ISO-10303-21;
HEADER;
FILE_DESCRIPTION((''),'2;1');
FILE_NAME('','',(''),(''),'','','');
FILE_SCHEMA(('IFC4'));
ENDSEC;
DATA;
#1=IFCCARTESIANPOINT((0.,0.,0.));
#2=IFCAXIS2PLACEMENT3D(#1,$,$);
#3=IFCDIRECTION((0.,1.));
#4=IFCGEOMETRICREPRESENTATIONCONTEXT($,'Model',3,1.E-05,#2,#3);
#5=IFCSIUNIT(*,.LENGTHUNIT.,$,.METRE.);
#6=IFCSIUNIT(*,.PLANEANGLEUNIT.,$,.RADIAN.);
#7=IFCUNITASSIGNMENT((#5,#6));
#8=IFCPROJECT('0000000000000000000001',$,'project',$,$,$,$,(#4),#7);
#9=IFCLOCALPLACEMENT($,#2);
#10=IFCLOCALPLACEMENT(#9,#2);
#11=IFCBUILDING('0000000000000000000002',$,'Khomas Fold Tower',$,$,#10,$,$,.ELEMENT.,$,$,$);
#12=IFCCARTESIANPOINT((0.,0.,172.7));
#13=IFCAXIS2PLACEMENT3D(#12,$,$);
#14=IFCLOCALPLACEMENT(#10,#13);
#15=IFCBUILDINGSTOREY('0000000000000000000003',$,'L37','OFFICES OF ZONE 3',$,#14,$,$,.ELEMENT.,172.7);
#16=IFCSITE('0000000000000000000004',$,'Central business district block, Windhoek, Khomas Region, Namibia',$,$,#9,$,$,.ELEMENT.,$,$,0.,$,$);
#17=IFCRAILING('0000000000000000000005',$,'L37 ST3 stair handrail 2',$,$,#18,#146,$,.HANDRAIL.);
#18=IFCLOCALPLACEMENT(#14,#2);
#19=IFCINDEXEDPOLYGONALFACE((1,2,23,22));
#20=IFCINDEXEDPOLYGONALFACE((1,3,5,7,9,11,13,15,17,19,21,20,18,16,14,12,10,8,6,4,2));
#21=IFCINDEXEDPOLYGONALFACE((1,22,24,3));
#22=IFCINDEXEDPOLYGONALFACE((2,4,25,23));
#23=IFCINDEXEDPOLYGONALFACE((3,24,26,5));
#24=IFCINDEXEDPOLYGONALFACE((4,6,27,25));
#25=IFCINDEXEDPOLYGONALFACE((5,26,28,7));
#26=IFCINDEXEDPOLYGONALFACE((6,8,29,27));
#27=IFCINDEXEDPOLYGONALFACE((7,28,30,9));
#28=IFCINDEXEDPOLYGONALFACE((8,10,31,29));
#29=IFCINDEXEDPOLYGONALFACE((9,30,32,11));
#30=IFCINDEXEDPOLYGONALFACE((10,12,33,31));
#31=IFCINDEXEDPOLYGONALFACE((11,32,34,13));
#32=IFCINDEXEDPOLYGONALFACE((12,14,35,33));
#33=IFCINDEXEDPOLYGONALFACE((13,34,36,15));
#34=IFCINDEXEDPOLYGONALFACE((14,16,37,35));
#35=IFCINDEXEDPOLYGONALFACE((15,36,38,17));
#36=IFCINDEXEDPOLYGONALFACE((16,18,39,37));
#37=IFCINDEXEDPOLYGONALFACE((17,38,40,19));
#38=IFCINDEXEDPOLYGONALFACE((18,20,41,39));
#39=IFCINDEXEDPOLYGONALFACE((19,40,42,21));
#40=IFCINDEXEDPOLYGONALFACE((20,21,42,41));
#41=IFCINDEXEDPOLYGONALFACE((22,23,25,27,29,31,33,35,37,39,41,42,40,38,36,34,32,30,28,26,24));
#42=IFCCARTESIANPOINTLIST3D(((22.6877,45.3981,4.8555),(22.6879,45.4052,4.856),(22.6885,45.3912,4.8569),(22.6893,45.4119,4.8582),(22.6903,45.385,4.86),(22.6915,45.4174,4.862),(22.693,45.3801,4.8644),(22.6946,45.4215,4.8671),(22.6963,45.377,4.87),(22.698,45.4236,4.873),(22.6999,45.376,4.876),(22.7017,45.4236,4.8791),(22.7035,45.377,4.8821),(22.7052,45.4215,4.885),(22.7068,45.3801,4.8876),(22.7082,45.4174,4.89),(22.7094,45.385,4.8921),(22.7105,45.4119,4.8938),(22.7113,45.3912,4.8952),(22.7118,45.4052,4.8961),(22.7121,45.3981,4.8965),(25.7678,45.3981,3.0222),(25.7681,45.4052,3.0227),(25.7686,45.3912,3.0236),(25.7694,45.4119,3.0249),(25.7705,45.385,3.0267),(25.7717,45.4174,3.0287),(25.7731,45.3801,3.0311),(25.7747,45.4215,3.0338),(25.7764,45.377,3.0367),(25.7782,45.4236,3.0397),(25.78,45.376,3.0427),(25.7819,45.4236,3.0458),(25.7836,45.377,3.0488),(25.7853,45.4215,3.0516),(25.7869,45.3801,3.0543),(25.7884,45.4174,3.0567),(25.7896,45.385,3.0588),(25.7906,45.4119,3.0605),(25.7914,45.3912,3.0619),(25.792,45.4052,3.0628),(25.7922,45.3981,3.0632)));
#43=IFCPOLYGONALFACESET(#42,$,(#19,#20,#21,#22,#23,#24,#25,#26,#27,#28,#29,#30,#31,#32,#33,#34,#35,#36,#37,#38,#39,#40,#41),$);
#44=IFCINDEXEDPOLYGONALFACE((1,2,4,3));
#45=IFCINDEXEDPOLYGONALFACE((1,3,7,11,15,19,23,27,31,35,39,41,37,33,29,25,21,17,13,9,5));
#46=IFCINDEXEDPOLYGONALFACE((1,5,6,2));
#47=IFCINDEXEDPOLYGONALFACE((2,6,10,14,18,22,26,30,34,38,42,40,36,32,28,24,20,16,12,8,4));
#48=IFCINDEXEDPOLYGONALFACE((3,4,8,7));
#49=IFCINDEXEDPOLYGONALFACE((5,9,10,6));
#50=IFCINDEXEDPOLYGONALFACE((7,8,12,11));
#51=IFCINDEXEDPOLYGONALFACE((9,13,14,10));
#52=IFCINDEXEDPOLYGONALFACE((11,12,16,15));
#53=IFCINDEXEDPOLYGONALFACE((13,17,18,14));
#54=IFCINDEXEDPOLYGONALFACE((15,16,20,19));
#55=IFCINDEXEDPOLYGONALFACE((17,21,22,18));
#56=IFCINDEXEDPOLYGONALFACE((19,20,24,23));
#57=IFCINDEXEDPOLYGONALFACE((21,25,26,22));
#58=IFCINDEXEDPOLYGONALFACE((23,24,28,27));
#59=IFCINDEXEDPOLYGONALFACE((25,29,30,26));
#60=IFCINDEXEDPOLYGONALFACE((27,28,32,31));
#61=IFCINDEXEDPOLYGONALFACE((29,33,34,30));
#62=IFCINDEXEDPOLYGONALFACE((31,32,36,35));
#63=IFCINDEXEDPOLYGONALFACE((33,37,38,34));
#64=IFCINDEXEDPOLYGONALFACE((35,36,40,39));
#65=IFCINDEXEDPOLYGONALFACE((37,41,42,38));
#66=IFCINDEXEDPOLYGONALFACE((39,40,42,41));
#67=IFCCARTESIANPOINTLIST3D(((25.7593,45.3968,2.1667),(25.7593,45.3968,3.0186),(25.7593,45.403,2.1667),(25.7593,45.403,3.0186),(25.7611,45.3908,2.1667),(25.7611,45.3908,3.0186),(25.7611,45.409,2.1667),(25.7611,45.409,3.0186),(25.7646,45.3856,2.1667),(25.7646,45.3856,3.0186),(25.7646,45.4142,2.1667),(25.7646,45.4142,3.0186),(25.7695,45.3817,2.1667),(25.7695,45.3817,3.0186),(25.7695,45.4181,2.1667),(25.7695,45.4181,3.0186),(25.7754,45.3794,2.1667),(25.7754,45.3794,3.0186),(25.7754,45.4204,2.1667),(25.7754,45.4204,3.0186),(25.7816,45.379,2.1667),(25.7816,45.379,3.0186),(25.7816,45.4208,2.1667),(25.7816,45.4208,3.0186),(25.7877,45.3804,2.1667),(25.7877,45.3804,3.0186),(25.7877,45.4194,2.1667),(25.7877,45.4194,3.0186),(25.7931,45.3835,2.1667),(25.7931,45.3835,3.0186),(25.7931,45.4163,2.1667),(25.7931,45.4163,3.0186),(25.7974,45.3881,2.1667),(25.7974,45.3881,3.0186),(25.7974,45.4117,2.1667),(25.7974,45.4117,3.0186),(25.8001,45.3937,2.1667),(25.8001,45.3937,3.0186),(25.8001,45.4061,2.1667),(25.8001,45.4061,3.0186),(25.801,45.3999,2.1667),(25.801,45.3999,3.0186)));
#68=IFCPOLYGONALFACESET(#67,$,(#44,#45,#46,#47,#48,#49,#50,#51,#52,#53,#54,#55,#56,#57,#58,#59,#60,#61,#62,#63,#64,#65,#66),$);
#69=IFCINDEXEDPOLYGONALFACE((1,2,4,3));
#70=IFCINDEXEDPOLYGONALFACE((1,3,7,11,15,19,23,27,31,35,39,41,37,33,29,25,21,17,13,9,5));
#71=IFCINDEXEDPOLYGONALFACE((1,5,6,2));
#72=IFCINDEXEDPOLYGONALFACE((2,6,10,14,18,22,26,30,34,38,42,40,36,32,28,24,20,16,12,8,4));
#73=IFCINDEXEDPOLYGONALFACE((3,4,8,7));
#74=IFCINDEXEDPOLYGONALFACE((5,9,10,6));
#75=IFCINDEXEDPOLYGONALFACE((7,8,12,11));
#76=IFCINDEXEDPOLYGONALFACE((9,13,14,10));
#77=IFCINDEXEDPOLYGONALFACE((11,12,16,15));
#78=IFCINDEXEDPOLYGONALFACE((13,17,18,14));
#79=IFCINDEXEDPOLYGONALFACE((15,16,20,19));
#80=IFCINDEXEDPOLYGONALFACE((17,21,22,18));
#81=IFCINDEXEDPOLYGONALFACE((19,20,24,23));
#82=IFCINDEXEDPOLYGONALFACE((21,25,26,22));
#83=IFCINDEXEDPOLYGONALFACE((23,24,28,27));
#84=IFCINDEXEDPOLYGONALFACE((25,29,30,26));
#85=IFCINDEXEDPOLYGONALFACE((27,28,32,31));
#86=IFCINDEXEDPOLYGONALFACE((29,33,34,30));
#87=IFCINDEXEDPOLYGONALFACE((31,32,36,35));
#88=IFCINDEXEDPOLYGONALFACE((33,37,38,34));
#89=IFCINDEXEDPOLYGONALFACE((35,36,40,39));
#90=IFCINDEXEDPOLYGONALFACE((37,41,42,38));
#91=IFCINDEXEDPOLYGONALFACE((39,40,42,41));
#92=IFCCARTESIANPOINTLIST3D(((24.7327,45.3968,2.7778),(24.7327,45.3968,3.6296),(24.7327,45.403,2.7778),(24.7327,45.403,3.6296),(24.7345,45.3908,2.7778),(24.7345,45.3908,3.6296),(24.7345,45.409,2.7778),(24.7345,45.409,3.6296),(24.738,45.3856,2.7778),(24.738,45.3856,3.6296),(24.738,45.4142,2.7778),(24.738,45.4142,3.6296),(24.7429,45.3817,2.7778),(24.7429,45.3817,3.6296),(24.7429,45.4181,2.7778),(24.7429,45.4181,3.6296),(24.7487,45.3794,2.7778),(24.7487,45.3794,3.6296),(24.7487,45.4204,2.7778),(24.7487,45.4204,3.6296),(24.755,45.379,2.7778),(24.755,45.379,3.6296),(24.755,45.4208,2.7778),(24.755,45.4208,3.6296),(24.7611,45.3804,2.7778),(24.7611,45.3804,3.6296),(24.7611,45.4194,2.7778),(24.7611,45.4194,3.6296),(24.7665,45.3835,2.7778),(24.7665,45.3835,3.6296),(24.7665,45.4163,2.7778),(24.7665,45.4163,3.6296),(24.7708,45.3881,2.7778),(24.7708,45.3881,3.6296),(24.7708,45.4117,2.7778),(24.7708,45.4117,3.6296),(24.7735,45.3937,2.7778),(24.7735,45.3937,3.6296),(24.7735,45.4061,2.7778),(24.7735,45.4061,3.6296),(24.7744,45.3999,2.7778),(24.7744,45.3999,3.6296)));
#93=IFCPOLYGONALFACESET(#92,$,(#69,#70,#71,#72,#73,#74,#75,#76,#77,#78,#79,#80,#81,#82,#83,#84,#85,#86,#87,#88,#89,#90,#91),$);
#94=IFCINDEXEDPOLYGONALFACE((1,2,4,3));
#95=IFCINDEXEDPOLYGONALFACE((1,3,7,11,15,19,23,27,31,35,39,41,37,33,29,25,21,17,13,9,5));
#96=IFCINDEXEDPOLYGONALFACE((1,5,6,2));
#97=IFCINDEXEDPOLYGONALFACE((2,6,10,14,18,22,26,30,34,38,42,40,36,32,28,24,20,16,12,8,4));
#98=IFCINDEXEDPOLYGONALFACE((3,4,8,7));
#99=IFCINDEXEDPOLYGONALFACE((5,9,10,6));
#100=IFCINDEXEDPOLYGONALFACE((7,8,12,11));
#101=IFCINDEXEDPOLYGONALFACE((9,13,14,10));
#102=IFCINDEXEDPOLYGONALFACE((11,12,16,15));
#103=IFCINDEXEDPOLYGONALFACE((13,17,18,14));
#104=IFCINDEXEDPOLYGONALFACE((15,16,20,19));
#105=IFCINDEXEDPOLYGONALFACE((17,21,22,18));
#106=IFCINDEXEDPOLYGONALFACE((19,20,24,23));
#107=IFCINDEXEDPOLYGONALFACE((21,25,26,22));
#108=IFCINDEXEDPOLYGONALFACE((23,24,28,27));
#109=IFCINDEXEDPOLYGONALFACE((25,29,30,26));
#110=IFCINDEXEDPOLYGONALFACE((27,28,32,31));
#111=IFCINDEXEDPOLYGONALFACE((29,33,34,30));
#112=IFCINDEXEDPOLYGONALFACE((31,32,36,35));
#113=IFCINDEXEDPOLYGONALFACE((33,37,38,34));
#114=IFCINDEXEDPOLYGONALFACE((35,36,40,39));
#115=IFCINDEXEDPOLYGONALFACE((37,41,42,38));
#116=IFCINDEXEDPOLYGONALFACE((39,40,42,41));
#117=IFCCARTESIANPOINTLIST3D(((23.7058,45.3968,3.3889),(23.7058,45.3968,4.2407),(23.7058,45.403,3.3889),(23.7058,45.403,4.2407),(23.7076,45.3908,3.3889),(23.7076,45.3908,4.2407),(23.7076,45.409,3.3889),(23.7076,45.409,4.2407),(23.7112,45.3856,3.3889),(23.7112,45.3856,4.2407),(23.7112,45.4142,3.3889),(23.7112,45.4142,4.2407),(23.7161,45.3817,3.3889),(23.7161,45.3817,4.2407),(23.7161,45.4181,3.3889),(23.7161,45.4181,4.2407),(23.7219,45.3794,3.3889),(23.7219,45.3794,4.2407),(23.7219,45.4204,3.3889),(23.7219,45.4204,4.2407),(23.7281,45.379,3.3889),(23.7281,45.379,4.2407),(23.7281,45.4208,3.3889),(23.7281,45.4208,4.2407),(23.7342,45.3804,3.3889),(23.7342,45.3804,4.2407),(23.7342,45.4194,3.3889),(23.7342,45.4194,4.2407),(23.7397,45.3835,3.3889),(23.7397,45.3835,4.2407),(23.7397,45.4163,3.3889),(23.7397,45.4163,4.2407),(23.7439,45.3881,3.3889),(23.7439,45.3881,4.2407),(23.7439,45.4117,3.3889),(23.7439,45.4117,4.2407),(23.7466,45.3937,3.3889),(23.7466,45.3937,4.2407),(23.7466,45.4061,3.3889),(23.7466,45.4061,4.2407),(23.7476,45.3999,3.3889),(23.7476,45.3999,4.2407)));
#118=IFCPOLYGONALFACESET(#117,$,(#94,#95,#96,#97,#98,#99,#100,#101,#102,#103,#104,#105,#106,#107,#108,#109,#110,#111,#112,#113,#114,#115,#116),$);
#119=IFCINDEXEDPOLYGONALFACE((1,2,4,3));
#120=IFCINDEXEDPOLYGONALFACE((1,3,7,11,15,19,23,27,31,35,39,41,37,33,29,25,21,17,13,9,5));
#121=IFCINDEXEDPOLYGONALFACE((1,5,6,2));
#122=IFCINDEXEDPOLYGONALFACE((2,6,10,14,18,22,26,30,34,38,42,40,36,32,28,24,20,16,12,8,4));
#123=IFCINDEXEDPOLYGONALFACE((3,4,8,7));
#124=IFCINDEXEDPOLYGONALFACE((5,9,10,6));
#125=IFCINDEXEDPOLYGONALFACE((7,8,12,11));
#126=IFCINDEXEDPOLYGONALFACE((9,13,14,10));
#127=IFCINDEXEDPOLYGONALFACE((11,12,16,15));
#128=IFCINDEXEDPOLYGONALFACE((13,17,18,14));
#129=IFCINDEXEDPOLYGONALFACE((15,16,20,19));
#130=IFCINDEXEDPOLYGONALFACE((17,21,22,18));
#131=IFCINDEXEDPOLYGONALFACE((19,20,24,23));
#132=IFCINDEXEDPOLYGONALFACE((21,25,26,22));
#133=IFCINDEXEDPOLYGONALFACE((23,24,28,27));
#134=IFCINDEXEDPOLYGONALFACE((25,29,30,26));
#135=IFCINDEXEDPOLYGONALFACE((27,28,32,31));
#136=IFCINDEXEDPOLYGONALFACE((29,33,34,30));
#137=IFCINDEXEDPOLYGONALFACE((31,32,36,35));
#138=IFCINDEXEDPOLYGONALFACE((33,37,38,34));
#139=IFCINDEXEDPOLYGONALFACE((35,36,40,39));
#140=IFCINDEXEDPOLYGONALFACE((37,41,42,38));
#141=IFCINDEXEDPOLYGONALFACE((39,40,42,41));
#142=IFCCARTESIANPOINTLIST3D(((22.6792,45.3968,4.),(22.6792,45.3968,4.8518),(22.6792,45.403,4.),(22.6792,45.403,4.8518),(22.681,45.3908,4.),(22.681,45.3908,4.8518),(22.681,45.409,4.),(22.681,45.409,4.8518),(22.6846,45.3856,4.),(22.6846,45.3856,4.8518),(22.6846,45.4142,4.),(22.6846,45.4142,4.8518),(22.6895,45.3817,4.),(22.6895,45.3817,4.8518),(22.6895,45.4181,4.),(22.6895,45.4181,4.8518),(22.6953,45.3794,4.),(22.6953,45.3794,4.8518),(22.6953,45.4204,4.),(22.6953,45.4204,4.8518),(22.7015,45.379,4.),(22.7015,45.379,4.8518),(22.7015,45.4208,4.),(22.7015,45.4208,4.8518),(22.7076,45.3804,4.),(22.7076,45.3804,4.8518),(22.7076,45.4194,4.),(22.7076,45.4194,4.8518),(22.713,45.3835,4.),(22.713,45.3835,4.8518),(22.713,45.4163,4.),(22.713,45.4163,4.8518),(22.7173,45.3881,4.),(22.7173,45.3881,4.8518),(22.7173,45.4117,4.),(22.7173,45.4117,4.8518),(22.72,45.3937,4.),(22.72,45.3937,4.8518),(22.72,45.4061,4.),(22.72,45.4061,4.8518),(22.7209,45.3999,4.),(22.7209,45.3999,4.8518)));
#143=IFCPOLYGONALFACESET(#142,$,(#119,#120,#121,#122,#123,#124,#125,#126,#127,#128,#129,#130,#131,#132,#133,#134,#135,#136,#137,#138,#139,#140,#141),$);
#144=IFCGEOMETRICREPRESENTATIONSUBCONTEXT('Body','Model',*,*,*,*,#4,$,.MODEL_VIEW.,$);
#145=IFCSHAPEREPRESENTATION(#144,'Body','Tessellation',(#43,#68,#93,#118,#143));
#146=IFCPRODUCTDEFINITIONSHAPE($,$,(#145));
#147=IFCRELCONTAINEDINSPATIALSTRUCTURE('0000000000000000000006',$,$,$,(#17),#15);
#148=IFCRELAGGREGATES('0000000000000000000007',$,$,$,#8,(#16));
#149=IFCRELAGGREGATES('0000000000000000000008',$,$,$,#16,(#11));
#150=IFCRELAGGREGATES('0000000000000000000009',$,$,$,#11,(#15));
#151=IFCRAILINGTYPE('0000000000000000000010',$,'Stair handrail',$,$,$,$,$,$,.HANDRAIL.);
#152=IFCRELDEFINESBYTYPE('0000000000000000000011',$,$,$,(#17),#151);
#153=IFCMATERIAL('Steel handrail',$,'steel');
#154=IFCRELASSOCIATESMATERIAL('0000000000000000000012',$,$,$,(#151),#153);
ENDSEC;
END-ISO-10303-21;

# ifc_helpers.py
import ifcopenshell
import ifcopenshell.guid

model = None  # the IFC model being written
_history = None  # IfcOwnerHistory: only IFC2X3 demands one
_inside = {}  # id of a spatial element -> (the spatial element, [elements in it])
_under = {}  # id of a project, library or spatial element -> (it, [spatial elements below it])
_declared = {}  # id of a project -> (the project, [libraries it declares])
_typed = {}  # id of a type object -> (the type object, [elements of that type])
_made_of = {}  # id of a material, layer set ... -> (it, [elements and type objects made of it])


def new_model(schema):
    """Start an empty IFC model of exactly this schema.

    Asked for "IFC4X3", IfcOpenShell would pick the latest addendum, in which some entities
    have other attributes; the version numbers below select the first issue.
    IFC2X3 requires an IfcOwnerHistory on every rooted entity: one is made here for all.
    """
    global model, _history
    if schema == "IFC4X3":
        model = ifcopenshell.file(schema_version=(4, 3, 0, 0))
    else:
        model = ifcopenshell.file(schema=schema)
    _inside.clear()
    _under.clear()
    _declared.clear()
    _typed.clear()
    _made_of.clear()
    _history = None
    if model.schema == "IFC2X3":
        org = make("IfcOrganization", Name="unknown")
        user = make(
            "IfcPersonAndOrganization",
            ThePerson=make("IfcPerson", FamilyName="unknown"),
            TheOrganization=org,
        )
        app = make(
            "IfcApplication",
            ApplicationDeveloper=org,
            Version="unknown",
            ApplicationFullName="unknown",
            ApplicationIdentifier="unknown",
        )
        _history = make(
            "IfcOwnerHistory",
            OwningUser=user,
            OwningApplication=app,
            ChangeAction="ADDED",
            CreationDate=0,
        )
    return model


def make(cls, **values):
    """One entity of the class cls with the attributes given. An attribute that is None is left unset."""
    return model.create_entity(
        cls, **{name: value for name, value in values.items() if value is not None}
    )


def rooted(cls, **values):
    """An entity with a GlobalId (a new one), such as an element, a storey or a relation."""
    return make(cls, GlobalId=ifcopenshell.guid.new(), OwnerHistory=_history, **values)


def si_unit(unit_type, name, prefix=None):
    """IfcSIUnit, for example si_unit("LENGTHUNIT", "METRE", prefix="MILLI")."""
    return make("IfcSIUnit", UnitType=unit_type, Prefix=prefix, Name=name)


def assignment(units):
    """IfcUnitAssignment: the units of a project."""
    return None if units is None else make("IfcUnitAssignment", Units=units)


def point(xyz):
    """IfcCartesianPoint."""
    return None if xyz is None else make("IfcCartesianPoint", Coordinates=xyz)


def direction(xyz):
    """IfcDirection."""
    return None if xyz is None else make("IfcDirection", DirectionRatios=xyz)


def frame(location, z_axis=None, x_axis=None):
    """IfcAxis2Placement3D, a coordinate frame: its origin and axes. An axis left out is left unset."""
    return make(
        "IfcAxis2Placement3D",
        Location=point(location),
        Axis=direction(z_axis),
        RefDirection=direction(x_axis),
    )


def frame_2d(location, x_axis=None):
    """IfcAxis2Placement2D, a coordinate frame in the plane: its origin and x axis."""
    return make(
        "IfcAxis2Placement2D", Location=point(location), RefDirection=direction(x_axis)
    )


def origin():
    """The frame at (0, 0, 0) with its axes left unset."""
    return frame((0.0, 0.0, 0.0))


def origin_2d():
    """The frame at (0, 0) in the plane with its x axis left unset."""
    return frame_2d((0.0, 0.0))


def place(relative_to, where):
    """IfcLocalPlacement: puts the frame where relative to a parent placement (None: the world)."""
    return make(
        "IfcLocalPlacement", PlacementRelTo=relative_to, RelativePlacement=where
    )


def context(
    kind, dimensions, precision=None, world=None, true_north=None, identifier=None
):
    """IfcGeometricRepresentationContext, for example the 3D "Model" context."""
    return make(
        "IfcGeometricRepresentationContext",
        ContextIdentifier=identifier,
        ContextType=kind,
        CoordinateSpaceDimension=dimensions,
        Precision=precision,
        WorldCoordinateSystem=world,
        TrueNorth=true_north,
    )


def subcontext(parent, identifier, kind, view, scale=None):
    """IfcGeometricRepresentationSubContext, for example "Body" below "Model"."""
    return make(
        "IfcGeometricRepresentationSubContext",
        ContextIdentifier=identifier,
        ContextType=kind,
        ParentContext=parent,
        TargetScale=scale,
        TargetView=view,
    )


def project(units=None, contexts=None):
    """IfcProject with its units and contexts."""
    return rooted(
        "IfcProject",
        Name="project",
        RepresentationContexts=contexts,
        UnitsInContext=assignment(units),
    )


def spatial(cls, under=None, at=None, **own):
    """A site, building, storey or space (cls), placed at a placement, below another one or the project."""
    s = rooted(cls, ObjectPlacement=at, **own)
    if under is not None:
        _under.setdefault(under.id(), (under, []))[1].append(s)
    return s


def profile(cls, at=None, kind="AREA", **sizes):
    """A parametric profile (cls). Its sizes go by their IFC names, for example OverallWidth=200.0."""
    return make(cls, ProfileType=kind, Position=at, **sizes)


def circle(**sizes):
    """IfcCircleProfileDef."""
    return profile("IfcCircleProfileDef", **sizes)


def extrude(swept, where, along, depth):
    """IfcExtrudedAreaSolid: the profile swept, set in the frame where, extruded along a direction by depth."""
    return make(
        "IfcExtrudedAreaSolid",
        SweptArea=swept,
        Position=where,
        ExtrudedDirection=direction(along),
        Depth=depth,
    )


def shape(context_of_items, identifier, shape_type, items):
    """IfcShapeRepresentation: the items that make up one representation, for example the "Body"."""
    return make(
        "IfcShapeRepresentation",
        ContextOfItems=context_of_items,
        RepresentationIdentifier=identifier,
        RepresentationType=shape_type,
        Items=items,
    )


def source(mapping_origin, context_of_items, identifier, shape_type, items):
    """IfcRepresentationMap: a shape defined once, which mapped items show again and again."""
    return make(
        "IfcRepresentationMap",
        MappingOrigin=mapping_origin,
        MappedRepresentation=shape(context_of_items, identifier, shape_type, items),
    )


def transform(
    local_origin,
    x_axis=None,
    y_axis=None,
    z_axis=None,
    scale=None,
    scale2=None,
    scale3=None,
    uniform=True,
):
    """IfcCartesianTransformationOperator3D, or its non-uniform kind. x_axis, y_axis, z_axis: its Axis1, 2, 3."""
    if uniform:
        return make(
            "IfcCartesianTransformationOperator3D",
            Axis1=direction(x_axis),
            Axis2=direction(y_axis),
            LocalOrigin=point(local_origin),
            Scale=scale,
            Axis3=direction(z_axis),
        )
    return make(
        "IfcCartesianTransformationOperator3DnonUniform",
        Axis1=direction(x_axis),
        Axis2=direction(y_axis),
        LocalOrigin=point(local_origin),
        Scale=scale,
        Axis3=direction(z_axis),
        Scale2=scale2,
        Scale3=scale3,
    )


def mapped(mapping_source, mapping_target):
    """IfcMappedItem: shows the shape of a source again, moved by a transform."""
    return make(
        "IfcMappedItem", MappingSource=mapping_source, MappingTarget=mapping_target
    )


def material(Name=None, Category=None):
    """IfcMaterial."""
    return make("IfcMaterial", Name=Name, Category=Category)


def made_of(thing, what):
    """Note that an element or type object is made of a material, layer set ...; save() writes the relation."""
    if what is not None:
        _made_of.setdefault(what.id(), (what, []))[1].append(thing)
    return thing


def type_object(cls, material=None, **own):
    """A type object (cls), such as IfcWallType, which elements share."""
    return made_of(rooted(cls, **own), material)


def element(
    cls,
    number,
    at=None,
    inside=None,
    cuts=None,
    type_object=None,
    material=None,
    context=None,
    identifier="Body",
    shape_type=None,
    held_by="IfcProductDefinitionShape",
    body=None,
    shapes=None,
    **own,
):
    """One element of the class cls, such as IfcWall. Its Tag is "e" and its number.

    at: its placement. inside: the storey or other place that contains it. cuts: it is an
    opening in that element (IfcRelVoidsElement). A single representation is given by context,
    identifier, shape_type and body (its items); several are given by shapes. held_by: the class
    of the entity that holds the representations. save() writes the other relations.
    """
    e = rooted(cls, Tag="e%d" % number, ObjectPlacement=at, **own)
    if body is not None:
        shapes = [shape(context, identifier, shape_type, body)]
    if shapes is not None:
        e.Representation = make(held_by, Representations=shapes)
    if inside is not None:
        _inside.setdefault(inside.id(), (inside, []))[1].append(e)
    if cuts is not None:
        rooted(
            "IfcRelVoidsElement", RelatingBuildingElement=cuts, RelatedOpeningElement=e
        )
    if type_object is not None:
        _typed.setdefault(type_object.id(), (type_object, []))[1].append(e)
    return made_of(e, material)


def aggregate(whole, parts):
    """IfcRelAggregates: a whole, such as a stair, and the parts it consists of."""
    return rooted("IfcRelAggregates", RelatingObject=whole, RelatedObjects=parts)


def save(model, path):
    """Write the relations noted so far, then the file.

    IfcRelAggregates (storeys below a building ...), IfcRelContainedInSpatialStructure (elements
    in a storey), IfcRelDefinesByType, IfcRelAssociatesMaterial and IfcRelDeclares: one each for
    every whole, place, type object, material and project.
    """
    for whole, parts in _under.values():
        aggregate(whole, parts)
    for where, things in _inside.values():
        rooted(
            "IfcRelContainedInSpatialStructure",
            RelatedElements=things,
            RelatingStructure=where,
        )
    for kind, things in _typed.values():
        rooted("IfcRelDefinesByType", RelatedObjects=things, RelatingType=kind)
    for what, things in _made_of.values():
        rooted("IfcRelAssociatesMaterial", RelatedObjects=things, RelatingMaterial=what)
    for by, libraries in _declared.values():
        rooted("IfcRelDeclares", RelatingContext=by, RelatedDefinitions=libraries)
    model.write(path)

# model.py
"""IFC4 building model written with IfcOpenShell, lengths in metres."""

from ifc_helpers import new_model, si_unit, direction, frame, origin, origin_2d, place, context, subcontext, project, spatial, circle, extrude, source, transform, mapped, material, type_object, element, save


model = new_model("IFC4")

# Units and contexts
model_context = context("Model", 3, precision=1e-05, world=origin(), true_north=direction((0.0, 1.0)))
body_context = subcontext(model_context, "Body", "Model", "MODEL_VIEW")
ifc_project = project(units=[si_unit("LENGTHUNIT", "METRE"), si_unit("PLANEANGLEUNIT", "RADIAN")], contexts=[model_context])

# Site, building, storey
site_placement = place(None, origin())
site = spatial("IfcSite", under=ifc_project, at=site_placement, Name="Central business district block, Windhoek, Khomas Region, Namibia", CompositionType="ELEMENT", RefElevation=0.0)
building_placement = place(site_placement, origin())
building = spatial("IfcBuilding", under=site, at=building_placement, Name="Khomas Fold Tower", CompositionType="ELEMENT")
storey_placement = place(building_placement, frame((0.0, 0.0, 172.7)))
storey = spatial("IfcBuildingStorey", under=building, at=storey_placement, Name="L37", Description="OFFICES OF ZONE 3", CompositionType="ELEMENT", Elevation=172.7)

# Railing
ifc_material_1 = material(Name="Steel handrail", Category="steel")
railing_type_1 = type_object("IfcRailingType", Name="Stair handrail", PredefinedType="HANDRAIL", material=ifc_material_1)
shared_shape_1 = source(origin(), body_context, "Body", "SweptSolid", [
    extrude(circle(Radius=0.0239, at=origin_2d()), frame((0.0, 0.0, 0.876), z_axis=(-0.859309, 0.0, 0.511458), x_axis=(0.0, -1.0, 0.0)), (0.0, 0.0, 1.0), 3.5845),
    extrude(circle(Radius=0.021, at=origin_2d()), origin(), (0.0, 0.0, 1.0), 0.8518),
    extrude(circle(Radius=0.021, at=origin_2d()), frame((-1.0266, 0.0, 0.6111)), (0.0, 0.0, 1.0), 0.8518),
    extrude(circle(Radius=0.021, at=origin_2d()), frame((-2.0535, 0.0, 1.2222)), (0.0, 0.0, 1.0), 0.8518),
    extrude(circle(Radius=0.021, at=origin_2d()), frame((-3.0801, 0.0, 1.8333)), (0.0, 0.0, 1.0), 0.8518),
])
railing_1_placement = place(storey_placement, frame((25.78, 45.3999, 2.1667)))
element("IfcRailing", 1, at=railing_1_placement, inside=storey, type_object=railing_type_1, Name="L37 ST3 stair handrail 2", PredefinedType="HANDRAIL", context=body_context, shape_type="MappedRepresentation", body=[
    mapped(shared_shape_1, transform((0.0, 0.0, 0.0))),
])

save(model, "model.ifc")
